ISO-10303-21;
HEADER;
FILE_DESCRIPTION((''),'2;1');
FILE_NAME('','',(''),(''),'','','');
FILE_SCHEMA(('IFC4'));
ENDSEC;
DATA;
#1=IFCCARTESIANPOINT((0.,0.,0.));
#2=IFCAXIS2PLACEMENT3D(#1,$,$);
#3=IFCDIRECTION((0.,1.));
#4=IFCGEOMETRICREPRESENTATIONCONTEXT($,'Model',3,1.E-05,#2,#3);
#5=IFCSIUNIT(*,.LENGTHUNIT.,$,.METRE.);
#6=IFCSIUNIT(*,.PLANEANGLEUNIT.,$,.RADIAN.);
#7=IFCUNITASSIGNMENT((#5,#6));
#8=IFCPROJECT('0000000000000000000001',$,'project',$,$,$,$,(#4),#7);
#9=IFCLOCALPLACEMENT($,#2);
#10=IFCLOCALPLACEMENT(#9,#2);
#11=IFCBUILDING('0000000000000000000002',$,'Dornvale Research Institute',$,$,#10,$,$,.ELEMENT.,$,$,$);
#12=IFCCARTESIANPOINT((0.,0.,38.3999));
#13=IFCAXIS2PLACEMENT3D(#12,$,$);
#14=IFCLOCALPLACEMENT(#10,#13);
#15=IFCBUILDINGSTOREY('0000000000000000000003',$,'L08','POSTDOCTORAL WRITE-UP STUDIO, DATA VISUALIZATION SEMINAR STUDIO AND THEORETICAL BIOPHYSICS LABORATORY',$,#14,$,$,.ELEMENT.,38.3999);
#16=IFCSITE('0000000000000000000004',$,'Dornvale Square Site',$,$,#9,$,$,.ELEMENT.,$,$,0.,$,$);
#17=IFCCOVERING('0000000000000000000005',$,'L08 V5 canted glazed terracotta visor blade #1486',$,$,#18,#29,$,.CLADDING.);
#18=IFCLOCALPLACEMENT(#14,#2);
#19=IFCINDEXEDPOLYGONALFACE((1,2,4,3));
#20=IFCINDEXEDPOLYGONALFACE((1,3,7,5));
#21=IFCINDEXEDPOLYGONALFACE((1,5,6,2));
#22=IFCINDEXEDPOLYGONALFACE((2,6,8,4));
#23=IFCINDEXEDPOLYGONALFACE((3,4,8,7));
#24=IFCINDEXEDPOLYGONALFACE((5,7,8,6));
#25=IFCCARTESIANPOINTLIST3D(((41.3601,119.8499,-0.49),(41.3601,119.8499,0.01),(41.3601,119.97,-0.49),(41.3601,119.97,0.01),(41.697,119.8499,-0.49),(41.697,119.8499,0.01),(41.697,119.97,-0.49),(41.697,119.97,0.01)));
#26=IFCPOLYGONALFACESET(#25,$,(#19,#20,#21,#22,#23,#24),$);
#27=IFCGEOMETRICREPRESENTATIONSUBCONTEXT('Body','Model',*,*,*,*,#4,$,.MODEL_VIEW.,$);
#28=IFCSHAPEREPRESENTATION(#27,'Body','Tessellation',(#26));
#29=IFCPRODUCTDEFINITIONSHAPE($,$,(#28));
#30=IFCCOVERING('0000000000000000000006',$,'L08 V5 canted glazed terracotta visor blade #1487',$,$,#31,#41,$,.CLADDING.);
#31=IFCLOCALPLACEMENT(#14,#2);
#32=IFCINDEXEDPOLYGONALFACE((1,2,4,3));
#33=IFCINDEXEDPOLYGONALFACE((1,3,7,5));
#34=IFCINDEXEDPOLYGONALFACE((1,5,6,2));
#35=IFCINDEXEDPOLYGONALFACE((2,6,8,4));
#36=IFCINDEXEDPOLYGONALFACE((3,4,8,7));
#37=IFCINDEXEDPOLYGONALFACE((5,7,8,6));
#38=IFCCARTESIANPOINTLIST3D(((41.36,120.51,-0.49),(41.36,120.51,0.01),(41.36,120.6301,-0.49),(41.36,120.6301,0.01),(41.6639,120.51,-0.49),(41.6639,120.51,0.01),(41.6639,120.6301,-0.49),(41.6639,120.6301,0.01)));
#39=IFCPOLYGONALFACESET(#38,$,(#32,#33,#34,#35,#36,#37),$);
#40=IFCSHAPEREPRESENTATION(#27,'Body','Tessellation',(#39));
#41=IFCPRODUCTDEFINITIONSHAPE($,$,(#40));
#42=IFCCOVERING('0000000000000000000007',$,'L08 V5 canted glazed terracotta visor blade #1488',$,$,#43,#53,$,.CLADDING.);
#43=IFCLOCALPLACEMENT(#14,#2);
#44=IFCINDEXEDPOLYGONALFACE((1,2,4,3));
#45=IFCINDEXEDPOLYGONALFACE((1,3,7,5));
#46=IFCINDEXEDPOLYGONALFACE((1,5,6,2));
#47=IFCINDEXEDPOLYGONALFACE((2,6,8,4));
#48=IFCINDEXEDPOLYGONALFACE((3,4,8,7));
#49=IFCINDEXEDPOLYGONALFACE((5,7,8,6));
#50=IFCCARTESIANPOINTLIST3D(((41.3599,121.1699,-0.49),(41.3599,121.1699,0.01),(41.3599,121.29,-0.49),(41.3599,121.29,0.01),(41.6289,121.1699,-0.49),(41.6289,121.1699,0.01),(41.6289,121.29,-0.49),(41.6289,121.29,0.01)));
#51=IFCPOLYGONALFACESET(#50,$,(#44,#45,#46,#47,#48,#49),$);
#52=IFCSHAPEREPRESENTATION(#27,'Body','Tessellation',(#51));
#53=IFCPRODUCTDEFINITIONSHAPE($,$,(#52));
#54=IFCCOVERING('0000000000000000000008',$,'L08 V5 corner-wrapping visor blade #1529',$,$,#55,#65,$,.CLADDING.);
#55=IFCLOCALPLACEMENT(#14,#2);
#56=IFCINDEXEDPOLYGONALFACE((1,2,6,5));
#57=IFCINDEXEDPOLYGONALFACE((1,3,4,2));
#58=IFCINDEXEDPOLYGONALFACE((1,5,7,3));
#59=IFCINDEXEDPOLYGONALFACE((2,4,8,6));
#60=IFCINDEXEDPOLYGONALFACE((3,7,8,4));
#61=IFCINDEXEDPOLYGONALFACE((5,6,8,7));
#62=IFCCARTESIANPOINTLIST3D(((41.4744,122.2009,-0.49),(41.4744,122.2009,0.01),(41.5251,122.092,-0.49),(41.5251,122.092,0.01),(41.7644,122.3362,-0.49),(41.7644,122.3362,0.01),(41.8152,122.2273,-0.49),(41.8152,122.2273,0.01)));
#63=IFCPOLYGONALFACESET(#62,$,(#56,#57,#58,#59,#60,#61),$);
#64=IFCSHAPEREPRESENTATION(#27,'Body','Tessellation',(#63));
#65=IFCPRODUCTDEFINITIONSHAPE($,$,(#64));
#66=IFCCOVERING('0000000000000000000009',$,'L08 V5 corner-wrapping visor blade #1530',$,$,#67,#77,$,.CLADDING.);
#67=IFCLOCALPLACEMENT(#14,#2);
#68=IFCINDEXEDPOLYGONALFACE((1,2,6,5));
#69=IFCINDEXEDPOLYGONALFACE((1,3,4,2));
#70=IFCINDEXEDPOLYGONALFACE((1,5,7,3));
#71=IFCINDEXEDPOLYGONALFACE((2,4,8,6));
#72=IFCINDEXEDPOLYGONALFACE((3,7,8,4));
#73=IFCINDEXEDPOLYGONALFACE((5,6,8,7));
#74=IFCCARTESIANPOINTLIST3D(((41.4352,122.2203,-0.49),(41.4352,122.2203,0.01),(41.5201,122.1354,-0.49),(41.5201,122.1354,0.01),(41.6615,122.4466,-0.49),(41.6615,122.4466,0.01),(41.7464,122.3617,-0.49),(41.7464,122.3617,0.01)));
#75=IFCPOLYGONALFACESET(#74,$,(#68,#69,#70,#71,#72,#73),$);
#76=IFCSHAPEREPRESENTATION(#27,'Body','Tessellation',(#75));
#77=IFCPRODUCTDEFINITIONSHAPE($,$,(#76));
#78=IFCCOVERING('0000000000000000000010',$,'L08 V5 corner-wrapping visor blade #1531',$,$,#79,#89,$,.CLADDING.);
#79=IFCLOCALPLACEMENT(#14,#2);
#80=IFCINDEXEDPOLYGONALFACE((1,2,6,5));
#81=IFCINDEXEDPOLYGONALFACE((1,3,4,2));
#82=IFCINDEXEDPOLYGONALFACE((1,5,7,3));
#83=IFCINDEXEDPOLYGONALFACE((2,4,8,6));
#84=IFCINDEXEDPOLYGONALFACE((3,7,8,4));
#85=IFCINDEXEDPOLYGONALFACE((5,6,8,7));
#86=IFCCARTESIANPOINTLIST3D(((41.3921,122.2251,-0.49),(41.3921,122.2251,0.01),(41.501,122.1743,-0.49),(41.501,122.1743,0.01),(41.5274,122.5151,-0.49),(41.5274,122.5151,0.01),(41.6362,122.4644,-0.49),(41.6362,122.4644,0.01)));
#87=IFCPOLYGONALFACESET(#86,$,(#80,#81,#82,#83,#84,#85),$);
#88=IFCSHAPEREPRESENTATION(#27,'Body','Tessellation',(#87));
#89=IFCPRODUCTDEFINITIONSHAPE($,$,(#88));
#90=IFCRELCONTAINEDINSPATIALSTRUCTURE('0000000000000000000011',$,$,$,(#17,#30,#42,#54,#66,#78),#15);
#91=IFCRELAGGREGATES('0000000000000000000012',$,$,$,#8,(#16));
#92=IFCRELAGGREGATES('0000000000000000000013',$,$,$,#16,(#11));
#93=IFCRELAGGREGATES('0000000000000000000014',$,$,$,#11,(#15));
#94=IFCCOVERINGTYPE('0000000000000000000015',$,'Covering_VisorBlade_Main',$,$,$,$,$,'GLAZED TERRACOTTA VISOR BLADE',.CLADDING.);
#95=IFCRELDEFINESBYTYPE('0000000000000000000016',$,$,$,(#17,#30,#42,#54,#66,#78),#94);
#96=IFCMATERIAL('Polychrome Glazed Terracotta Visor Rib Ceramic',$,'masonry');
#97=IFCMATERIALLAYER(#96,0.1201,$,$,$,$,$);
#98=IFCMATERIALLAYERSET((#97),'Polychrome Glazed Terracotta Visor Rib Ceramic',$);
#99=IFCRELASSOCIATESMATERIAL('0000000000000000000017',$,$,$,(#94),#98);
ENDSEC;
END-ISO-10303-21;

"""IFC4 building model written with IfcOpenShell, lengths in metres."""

from ifc_helpers import new_model, si_unit, direction, frame, origin, origin_2d, place, context, subcontext, project, spatial, rectangle, extrude, material, layer, layer_set, type_object, element, save


model = new_model("IFC4")

# Units and contexts
model_context = context("Model", 3, precision=1e-05, world=origin(), true_north=direction((0.0, 1.0)))
body_context = subcontext(model_context, "Body", "Model", "MODEL_VIEW")
ifc_project = project(units=[si_unit("LENGTHUNIT", "METRE"), si_unit("PLANEANGLEUNIT", "RADIAN")], contexts=[model_context])

# Site, building, storey
site_placement = place(None, origin())
site = spatial("IfcSite", under=ifc_project, at=site_placement, Name="Dornvale Square Site", CompositionType="ELEMENT", RefElevation=0.0)
building_placement = place(site_placement, origin())
building = spatial("IfcBuilding", under=site, at=building_placement, Name="Dornvale Research Institute", CompositionType="ELEMENT")
storey_placement = place(building_placement, frame((0.0, 0.0, 38.3999)))
storey = spatial("IfcBuildingStorey", under=building, at=storey_placement, Name="L08", Description="POSTDOCTORAL WRITE-UP STUDIO, DATA VISUALIZATION SEMINAR STUDIO AND THEORETICAL BIOPHYSICS LABORATORY", CompositionType="ELEMENT", Elevation=38.3999)

# Coverings
ifc_material_1 = material(Name="Polychrome Glazed Terracotta Visor Rib Ceramic", Category="masonry")
ifc_layer_1 = layer(ifc_material_1, 0.1201)
ifc_layer_set_1 = layer_set([ifc_layer_1], Name="Polychrome Glazed Terracotta Visor Rib Ceramic")
covering_type = type_object("IfcCoveringType", Name="Covering_VisorBlade_Main", ElementType="GLAZED TERRACOTTA VISOR BLADE", PredefinedType="CLADDING", material=ifc_layer_set_1)
covering_1_placement = place(storey_placement, frame((41.5286, 119.9099, -0.49), z_axis=(0.0, 0.0, 1.0), x_axis=(1.0, 0.0, 0.0)))
element("IfcCovering", 1, at=covering_1_placement, inside=storey, type_object=covering_type, Name="L08 V5 canted glazed terracotta visor blade #1486", PredefinedType="CLADDING", context=body_context, shape_type="SweptSolid", body=[
    extrude(rectangle(XDim=0.3369, YDim=0.1201, at=origin_2d()), origin(), (0.0, 0.0, 1.0), 0.5),
])
covering_2_placement = place(storey_placement, frame((41.512, 120.5701, -0.49), z_axis=(0.0, 0.0, 1.0), x_axis=(1.0, 0.0, 0.0)))
element("IfcCovering", 2, at=covering_2_placement, inside=storey, type_object=covering_type, Name="L08 V5 canted glazed terracotta visor blade #1487", PredefinedType="CLADDING", context=body_context, shape_type="SweptSolid", body=[
    extrude(rectangle(XDim=0.304, YDim=0.1201, at=origin_2d()), origin(), (0.0, 0.0, 1.0), 0.5),
])
covering_3_placement = place(storey_placement, frame((41.4944, 121.23, -0.49), z_axis=(0.0, 0.0, 1.0), x_axis=(1.0, 0.0, 0.0)))
element("IfcCovering", 3, at=covering_3_placement, inside=storey, type_object=covering_type, Name="L08 V5 canted glazed terracotta visor blade #1488", PredefinedType="CLADDING", context=body_context, shape_type="SweptSolid", body=[
    extrude(rectangle(XDim=0.269, YDim=0.1201, at=origin_2d()), origin(), (0.0, 0.0, 1.0), 0.5),
])
for number, where, z_axis, x_axis, name in (
    (4, (41.6448, 122.2141, -0.49), (0.0, 0.0, 1.0), (0.906308, 0.422618, 0.0), "L08 V5 corner-wrapping visor blade #1529"),
    (5, (41.5908, 122.291, -0.49), (0.0, 0.0, 1.0), (0.707107, 0.707107, 0.0), "L08 V5 corner-wrapping visor blade #1530"),
    (6, (41.5142, 122.3447, -0.49), (0.0, 0.0, 1.0), (0.422618, 0.906308, 0.0), "L08 V5 corner-wrapping visor blade #1531"),
):
    element("IfcCovering", number, at=place(storey_placement, frame(where, z_axis=z_axis, x_axis=x_axis)), inside=storey, type_object=covering_type, Name=name, PredefinedType="CLADDING", context=body_context, shape_type="SweptSolid", body=[
        extrude(rectangle(XDim=0.3201, YDim=0.1201, at=origin_2d()), origin(), (0.0, 0.0, 1.0), 0.5),
    ])

save(model, "model.ifc")
